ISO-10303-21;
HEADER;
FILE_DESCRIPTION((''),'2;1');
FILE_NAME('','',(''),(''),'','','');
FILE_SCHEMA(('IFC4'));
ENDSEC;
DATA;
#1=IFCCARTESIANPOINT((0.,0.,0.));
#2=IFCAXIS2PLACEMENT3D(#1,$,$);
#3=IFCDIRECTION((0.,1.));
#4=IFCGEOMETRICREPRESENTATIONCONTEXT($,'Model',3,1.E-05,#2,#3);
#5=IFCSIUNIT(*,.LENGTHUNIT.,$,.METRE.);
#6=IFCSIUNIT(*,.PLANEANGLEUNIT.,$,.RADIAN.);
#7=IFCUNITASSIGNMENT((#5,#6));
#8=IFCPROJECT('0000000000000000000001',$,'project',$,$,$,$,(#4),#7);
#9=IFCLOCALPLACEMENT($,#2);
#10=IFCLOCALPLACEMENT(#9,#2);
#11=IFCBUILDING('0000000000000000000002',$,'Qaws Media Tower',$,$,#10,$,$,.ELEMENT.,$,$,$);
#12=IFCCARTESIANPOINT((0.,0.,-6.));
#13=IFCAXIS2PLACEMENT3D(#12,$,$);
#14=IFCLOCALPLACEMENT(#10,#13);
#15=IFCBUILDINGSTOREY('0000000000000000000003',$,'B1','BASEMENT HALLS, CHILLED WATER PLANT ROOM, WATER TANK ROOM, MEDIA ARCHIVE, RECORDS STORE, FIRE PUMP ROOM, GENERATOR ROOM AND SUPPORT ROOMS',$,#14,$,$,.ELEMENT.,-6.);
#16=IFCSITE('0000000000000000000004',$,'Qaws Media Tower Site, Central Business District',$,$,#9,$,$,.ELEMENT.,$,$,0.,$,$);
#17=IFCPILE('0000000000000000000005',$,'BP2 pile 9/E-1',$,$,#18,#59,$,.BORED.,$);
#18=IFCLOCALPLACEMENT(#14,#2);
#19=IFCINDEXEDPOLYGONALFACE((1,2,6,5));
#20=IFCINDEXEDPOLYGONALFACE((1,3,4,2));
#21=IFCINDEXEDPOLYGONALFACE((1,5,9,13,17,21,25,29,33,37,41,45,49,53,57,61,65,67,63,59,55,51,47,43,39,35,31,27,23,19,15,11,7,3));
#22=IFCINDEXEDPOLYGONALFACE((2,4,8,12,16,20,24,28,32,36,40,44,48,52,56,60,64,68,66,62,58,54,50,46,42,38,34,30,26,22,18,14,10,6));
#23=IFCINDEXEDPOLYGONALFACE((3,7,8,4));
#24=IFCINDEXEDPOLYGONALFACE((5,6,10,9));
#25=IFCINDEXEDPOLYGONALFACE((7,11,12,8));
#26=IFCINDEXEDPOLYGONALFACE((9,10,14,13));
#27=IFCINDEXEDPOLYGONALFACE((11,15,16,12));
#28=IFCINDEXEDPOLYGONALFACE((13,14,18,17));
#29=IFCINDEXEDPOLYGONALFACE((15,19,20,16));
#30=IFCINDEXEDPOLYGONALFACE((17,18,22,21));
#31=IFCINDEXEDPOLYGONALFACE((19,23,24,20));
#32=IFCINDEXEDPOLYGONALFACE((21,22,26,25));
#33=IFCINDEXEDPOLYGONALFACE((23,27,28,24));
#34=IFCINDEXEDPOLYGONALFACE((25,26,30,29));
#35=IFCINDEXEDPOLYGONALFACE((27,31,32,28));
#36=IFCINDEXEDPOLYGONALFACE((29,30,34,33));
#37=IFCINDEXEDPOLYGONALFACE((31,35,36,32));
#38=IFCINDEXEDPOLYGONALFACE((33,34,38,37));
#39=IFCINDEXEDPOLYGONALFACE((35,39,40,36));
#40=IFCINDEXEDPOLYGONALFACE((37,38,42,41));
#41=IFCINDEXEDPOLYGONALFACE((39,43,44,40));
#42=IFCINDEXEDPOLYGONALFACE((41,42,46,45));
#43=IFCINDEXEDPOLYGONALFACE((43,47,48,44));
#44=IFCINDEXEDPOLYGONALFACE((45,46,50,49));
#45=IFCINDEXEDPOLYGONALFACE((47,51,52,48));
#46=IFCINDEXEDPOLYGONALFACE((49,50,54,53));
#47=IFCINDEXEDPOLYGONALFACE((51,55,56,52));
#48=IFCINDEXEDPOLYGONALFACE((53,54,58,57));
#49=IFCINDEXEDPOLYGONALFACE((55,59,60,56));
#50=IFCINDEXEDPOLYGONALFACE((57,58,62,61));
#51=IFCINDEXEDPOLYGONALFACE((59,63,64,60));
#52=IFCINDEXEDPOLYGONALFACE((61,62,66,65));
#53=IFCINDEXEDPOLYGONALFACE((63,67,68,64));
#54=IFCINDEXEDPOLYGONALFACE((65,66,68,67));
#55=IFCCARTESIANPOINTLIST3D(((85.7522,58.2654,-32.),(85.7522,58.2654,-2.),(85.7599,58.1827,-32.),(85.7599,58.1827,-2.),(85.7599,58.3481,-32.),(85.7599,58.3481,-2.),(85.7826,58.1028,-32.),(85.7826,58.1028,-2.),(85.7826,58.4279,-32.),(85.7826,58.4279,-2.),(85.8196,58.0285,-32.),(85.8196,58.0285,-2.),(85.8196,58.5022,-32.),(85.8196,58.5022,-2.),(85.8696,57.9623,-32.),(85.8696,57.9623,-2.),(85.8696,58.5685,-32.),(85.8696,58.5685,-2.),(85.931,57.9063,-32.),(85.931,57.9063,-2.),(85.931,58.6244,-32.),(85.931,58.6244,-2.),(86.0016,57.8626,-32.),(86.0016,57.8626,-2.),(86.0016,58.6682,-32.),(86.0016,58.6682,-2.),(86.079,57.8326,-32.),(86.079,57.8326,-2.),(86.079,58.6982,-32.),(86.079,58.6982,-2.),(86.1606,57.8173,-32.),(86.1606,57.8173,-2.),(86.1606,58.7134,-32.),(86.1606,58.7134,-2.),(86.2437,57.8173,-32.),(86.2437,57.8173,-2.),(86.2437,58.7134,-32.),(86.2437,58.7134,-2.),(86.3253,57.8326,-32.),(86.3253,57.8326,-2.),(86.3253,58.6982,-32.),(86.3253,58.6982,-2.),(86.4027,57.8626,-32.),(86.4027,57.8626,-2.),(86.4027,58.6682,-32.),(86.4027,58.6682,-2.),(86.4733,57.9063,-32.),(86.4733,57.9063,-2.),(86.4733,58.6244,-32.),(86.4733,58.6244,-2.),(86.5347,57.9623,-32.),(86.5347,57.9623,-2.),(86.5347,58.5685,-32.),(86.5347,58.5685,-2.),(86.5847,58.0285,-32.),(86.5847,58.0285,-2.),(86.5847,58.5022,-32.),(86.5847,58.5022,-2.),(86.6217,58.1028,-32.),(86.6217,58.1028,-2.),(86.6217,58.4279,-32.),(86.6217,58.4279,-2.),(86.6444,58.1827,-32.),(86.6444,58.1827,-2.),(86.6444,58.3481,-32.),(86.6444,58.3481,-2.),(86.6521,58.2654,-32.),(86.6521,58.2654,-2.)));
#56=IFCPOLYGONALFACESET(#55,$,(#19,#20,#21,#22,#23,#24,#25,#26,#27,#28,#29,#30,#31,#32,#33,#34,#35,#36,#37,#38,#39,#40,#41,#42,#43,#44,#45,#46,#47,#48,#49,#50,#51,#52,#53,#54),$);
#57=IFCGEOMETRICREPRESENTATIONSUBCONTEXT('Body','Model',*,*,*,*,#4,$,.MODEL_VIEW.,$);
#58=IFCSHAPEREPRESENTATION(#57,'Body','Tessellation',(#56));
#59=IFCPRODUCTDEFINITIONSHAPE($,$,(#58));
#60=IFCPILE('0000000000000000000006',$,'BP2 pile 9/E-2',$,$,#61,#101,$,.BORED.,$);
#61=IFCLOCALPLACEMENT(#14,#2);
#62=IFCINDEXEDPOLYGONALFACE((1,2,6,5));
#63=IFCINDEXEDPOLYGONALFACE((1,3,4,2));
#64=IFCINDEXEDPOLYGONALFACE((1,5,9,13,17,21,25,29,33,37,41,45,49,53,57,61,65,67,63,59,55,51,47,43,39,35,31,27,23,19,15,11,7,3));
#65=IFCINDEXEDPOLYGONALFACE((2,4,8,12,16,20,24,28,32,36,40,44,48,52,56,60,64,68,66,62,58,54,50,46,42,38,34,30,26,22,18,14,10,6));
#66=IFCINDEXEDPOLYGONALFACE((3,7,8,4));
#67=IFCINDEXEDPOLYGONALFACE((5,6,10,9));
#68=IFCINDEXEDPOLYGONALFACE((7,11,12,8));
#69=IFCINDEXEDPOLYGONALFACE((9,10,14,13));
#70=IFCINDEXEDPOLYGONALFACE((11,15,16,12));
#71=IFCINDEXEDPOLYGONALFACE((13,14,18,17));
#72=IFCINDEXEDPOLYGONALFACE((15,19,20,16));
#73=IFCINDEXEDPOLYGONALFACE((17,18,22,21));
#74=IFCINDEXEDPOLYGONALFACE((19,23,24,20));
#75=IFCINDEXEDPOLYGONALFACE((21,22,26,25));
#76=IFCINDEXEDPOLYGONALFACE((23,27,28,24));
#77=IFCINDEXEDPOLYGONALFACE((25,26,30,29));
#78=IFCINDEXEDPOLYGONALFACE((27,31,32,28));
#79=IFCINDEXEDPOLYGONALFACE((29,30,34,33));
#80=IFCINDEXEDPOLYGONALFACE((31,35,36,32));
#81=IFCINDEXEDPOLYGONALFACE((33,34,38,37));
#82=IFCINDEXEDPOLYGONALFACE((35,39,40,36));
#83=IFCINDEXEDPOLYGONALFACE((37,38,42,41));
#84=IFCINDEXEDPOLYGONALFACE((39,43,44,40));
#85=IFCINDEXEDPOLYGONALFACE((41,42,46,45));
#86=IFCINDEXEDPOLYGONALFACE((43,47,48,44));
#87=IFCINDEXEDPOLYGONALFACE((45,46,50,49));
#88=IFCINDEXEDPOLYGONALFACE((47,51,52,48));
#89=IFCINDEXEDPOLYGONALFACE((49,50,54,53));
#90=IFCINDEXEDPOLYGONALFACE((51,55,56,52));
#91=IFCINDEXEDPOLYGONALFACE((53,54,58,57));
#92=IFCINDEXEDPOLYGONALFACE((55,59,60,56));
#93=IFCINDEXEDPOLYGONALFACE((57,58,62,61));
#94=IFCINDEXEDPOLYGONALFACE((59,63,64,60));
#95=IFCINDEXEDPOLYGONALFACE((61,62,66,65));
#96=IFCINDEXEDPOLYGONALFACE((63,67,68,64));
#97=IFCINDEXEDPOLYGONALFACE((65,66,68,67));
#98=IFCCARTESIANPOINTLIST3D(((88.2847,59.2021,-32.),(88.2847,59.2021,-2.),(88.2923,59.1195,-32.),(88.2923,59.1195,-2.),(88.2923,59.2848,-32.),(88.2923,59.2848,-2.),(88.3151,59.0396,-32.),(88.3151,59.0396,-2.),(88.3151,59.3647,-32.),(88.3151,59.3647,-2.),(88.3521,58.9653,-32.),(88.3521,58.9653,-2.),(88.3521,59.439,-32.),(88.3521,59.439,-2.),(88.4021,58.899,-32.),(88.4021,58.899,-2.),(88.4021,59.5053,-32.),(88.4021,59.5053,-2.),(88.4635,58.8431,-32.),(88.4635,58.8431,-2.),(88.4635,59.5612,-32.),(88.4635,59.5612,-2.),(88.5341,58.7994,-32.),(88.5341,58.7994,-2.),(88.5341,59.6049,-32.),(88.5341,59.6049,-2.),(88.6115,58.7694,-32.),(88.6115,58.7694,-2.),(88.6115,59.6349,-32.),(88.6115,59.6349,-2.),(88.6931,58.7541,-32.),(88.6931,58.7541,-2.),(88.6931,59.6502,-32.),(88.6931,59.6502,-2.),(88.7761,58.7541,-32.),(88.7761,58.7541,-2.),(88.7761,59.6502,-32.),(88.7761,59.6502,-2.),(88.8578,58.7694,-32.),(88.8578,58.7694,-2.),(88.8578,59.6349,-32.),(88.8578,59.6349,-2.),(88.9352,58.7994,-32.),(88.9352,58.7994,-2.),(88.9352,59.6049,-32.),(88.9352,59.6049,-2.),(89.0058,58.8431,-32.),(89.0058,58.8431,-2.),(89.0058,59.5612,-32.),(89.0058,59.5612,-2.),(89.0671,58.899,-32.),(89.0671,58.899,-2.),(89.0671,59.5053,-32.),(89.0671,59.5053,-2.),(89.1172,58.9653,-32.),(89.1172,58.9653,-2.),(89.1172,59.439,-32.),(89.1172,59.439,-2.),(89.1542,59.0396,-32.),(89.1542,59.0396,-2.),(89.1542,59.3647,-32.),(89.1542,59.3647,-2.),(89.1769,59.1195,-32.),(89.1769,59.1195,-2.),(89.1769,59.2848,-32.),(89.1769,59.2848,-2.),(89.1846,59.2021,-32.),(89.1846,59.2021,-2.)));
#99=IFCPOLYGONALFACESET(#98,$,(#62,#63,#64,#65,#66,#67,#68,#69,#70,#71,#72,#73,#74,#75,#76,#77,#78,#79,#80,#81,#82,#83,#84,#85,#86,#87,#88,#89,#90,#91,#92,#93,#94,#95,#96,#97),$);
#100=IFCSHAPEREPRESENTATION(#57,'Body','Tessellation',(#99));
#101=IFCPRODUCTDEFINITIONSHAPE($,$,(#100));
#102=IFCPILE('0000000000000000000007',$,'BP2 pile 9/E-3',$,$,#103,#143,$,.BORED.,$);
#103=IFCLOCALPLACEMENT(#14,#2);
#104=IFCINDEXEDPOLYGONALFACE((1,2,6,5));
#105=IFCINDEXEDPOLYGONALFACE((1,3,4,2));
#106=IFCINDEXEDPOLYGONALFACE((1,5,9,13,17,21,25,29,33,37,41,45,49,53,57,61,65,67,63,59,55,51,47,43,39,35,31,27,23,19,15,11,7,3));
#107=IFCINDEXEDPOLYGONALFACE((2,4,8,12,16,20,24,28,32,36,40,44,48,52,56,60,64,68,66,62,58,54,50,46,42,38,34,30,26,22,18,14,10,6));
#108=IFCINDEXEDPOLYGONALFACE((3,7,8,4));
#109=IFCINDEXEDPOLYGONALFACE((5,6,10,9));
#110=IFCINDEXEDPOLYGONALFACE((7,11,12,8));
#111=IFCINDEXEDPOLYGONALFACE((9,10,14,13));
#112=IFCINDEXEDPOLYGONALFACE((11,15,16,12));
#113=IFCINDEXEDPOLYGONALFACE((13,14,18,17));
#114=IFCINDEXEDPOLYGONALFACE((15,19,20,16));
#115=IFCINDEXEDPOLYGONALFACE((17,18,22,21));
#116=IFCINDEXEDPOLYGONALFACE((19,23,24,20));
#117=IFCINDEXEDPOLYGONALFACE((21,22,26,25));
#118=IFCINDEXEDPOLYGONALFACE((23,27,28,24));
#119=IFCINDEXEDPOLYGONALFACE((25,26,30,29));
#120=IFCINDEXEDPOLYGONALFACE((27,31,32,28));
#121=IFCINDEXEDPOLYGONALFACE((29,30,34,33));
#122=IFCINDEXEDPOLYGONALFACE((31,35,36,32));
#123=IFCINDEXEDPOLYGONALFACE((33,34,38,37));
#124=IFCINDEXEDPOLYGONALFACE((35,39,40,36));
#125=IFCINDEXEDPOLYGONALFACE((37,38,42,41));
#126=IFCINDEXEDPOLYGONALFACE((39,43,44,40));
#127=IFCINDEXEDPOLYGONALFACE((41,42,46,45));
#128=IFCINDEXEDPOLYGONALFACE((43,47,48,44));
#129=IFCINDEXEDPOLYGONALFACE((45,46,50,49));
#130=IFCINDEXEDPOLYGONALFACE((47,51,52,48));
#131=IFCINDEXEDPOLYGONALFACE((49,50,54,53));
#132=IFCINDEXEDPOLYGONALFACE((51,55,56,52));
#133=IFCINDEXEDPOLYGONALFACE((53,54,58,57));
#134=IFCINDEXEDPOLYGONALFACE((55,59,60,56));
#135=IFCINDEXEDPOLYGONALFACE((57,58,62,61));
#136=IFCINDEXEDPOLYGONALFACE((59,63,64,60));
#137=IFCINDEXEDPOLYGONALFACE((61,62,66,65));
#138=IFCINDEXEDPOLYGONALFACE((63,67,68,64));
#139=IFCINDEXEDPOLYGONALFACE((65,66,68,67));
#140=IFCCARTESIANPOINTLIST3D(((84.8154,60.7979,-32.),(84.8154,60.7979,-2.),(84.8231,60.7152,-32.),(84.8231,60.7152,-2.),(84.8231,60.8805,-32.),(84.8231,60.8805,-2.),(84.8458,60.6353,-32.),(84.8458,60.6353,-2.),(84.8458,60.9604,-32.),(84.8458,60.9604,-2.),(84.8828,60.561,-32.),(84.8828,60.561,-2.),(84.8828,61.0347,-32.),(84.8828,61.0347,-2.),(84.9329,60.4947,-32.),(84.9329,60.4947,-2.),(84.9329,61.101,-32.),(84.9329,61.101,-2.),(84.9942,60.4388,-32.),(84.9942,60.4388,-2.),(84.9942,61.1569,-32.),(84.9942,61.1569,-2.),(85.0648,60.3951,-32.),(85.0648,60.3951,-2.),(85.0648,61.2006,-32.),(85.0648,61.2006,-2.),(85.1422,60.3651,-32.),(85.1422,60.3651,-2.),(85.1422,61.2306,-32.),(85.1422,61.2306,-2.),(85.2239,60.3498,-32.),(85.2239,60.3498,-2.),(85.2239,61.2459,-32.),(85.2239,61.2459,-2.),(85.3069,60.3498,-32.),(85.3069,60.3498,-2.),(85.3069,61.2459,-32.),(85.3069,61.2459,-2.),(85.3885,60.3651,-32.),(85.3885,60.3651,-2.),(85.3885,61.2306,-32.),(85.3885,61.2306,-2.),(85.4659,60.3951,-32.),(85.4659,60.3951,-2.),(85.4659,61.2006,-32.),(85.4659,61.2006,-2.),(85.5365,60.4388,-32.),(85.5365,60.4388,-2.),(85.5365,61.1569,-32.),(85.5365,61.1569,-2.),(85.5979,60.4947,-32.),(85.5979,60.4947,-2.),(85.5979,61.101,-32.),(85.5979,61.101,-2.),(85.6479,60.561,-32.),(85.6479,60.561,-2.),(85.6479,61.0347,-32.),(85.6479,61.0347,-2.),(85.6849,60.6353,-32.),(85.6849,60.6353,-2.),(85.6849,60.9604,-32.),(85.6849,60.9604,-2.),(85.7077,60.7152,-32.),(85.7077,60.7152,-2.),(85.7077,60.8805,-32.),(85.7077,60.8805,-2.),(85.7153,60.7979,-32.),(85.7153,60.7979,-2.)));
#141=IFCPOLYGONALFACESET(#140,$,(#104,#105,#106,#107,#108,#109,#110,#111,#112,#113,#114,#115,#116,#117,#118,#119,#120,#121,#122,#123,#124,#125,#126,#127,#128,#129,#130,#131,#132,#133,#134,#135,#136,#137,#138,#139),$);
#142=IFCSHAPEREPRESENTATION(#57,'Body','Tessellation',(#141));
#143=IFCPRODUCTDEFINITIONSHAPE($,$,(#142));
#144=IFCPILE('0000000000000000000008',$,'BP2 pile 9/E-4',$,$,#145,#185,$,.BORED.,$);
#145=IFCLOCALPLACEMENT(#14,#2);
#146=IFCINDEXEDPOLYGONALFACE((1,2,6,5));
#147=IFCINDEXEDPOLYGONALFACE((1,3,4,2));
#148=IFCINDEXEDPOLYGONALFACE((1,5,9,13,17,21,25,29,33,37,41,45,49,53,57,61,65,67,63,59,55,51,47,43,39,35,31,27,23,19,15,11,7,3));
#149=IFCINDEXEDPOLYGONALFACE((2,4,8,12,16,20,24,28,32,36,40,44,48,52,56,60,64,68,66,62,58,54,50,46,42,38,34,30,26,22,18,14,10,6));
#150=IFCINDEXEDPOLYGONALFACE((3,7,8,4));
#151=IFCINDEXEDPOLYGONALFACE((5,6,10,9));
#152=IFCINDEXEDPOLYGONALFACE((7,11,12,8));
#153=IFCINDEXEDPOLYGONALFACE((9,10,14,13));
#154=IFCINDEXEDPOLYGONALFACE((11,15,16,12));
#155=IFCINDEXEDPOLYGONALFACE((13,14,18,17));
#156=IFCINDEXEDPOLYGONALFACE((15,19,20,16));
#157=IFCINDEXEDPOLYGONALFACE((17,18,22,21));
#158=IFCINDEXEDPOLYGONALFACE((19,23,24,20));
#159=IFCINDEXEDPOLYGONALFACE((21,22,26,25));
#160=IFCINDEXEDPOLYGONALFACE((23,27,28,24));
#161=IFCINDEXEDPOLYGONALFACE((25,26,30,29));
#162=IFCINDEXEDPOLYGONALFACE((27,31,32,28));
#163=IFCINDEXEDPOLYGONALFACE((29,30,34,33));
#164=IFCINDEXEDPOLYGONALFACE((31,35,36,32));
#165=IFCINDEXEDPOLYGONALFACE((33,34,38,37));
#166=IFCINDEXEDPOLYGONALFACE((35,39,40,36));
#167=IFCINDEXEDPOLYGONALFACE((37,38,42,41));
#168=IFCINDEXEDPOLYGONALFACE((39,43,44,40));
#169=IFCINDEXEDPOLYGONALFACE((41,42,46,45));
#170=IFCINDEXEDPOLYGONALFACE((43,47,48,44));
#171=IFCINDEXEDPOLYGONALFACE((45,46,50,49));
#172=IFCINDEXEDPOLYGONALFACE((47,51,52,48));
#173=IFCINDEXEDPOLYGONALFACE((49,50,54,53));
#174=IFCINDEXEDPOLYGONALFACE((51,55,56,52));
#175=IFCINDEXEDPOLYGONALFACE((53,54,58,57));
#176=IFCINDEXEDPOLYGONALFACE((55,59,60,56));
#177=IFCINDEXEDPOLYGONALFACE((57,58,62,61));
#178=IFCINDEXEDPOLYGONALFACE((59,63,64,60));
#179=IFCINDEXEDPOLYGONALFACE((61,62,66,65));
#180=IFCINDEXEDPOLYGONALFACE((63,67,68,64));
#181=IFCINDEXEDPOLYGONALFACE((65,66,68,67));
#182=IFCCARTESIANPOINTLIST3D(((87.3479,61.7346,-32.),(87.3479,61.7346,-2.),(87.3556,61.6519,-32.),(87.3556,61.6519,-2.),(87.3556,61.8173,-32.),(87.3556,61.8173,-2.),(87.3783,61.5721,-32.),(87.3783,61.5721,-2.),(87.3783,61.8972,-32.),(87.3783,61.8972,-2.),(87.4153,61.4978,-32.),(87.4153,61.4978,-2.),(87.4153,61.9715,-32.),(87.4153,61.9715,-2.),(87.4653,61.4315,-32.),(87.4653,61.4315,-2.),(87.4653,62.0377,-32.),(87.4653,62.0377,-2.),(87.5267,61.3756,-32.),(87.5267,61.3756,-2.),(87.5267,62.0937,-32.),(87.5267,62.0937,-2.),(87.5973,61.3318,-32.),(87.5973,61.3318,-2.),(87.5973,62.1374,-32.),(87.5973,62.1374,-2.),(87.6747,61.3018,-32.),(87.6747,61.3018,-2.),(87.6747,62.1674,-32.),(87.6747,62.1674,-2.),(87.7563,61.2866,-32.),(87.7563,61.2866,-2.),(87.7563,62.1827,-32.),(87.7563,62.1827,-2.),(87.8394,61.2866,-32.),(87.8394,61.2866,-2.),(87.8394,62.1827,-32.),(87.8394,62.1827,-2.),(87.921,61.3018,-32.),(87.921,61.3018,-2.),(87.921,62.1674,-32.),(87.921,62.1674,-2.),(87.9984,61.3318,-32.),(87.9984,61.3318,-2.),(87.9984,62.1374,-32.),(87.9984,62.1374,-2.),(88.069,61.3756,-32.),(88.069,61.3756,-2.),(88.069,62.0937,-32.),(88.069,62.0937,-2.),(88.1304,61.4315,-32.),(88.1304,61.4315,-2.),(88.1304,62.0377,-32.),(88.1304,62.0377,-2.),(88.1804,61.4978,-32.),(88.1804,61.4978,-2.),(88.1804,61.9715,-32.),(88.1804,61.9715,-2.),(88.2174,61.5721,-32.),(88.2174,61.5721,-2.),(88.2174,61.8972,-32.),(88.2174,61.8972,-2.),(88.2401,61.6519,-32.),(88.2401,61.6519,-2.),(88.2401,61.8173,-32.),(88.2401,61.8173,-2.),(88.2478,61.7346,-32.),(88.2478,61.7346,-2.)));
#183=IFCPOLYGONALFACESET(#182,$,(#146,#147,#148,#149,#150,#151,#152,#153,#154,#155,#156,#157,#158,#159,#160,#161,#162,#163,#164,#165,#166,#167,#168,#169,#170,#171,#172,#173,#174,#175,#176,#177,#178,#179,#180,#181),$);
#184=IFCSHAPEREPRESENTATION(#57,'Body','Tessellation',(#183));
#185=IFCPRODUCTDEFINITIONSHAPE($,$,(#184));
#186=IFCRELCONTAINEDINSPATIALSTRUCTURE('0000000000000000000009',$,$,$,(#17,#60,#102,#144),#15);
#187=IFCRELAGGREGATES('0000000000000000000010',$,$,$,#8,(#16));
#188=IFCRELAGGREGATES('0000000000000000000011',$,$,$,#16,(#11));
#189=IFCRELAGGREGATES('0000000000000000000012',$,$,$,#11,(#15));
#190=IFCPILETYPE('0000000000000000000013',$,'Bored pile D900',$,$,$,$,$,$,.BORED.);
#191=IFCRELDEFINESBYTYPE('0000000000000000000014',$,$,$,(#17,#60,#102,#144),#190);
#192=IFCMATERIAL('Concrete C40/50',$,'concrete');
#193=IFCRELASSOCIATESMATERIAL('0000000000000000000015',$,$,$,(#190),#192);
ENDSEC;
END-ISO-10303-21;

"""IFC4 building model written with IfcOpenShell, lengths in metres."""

from ifc_helpers import new_model, si_unit, direction, frame, origin, origin_2d, place, context, subcontext, project, spatial, circle, extrude, material, material_profile, profile_set, type_object, element, save


model = new_model("IFC4")

# Units and contexts
model_context = context("Model", 3, precision=1e-05, world=origin(), true_north=direction((0.0, 1.0)))
body_context = subcontext(model_context, "Body", "Model", "MODEL_VIEW")
ifc_project = project(units=[si_unit("LENGTHUNIT", "METRE"), si_unit("PLANEANGLEUNIT", "RADIAN")], contexts=[model_context])

# Site, building, storey
site_placement = place(None, origin())
site = spatial("IfcSite", under=ifc_project, at=site_placement, Name="Qaws Media Tower Site, Central Business District", CompositionType="ELEMENT", RefElevation=0.0)
building_placement = place(site_placement, origin())
building = spatial("IfcBuilding", under=site, at=building_placement, Name="Qaws Media Tower", CompositionType="ELEMENT")
storey_placement = place(building_placement, frame((0.0, 0.0, -6.0)))
storey = spatial("IfcBuildingStorey", under=building, at=storey_placement, Name="B1", Description="BASEMENT HALLS, CHILLED WATER PLANT ROOM, WATER TANK ROOM, MEDIA ARCHIVE, RECORDS STORE, FIRE PUMP ROOM, GENERATOR ROOM AND SUPPORT ROOMS", CompositionType="ELEMENT", Elevation=-6.0)

# Piles
ifc_material_1 = material(Name="Concrete C40/50", Category="concrete")
ifc_material_profile_1 = material_profile(ifc_material_1, circle(Radius=0.45, at=origin_2d()), Name="D900")
ifc_profile_set_1 = profile_set([ifc_material_profile_1], Name="Concrete C40/50")
pile_type = type_object("IfcPileType", Name="Bored pile D900", PredefinedType="BORED", material=ifc_profile_set_1)
for number, where, z_axis, x_axis, name in (
    (1, (86.2021, 58.2654, -2.0), (0.0, 0.0, -1.0), (1.0, 0.0, 0.0), "BP2 pile 9/E-1"),
    (2, (88.7346, 59.2021, -2.0), (0.0, 0.0, -1.0), (1.0, 0.0, 0.0), "BP2 pile 9/E-2"),
    (3, (85.2654, 60.7979, -2.0), (0.0, 0.0, -1.0), (1.0, 0.0, 0.0), "BP2 pile 9/E-3"),
    (4, (87.7979, 61.7346, -2.0), (0.0, 0.0, -1.0), (1.0, 0.0, 0.0), "BP2 pile 9/E-4"),
):
    element("IfcPile", number, at=place(storey_placement, frame(where, z_axis=z_axis, x_axis=x_axis)), inside=storey, type_object=pile_type, Name=name, PredefinedType="BORED", context=body_context, shape_type="SweptSolid", body=[
        extrude(circle(Radius=0.45, at=origin_2d()), origin(), (0.0, 0.0, 1.0), 30.0),
    ])

save(model, "model.ifc")
